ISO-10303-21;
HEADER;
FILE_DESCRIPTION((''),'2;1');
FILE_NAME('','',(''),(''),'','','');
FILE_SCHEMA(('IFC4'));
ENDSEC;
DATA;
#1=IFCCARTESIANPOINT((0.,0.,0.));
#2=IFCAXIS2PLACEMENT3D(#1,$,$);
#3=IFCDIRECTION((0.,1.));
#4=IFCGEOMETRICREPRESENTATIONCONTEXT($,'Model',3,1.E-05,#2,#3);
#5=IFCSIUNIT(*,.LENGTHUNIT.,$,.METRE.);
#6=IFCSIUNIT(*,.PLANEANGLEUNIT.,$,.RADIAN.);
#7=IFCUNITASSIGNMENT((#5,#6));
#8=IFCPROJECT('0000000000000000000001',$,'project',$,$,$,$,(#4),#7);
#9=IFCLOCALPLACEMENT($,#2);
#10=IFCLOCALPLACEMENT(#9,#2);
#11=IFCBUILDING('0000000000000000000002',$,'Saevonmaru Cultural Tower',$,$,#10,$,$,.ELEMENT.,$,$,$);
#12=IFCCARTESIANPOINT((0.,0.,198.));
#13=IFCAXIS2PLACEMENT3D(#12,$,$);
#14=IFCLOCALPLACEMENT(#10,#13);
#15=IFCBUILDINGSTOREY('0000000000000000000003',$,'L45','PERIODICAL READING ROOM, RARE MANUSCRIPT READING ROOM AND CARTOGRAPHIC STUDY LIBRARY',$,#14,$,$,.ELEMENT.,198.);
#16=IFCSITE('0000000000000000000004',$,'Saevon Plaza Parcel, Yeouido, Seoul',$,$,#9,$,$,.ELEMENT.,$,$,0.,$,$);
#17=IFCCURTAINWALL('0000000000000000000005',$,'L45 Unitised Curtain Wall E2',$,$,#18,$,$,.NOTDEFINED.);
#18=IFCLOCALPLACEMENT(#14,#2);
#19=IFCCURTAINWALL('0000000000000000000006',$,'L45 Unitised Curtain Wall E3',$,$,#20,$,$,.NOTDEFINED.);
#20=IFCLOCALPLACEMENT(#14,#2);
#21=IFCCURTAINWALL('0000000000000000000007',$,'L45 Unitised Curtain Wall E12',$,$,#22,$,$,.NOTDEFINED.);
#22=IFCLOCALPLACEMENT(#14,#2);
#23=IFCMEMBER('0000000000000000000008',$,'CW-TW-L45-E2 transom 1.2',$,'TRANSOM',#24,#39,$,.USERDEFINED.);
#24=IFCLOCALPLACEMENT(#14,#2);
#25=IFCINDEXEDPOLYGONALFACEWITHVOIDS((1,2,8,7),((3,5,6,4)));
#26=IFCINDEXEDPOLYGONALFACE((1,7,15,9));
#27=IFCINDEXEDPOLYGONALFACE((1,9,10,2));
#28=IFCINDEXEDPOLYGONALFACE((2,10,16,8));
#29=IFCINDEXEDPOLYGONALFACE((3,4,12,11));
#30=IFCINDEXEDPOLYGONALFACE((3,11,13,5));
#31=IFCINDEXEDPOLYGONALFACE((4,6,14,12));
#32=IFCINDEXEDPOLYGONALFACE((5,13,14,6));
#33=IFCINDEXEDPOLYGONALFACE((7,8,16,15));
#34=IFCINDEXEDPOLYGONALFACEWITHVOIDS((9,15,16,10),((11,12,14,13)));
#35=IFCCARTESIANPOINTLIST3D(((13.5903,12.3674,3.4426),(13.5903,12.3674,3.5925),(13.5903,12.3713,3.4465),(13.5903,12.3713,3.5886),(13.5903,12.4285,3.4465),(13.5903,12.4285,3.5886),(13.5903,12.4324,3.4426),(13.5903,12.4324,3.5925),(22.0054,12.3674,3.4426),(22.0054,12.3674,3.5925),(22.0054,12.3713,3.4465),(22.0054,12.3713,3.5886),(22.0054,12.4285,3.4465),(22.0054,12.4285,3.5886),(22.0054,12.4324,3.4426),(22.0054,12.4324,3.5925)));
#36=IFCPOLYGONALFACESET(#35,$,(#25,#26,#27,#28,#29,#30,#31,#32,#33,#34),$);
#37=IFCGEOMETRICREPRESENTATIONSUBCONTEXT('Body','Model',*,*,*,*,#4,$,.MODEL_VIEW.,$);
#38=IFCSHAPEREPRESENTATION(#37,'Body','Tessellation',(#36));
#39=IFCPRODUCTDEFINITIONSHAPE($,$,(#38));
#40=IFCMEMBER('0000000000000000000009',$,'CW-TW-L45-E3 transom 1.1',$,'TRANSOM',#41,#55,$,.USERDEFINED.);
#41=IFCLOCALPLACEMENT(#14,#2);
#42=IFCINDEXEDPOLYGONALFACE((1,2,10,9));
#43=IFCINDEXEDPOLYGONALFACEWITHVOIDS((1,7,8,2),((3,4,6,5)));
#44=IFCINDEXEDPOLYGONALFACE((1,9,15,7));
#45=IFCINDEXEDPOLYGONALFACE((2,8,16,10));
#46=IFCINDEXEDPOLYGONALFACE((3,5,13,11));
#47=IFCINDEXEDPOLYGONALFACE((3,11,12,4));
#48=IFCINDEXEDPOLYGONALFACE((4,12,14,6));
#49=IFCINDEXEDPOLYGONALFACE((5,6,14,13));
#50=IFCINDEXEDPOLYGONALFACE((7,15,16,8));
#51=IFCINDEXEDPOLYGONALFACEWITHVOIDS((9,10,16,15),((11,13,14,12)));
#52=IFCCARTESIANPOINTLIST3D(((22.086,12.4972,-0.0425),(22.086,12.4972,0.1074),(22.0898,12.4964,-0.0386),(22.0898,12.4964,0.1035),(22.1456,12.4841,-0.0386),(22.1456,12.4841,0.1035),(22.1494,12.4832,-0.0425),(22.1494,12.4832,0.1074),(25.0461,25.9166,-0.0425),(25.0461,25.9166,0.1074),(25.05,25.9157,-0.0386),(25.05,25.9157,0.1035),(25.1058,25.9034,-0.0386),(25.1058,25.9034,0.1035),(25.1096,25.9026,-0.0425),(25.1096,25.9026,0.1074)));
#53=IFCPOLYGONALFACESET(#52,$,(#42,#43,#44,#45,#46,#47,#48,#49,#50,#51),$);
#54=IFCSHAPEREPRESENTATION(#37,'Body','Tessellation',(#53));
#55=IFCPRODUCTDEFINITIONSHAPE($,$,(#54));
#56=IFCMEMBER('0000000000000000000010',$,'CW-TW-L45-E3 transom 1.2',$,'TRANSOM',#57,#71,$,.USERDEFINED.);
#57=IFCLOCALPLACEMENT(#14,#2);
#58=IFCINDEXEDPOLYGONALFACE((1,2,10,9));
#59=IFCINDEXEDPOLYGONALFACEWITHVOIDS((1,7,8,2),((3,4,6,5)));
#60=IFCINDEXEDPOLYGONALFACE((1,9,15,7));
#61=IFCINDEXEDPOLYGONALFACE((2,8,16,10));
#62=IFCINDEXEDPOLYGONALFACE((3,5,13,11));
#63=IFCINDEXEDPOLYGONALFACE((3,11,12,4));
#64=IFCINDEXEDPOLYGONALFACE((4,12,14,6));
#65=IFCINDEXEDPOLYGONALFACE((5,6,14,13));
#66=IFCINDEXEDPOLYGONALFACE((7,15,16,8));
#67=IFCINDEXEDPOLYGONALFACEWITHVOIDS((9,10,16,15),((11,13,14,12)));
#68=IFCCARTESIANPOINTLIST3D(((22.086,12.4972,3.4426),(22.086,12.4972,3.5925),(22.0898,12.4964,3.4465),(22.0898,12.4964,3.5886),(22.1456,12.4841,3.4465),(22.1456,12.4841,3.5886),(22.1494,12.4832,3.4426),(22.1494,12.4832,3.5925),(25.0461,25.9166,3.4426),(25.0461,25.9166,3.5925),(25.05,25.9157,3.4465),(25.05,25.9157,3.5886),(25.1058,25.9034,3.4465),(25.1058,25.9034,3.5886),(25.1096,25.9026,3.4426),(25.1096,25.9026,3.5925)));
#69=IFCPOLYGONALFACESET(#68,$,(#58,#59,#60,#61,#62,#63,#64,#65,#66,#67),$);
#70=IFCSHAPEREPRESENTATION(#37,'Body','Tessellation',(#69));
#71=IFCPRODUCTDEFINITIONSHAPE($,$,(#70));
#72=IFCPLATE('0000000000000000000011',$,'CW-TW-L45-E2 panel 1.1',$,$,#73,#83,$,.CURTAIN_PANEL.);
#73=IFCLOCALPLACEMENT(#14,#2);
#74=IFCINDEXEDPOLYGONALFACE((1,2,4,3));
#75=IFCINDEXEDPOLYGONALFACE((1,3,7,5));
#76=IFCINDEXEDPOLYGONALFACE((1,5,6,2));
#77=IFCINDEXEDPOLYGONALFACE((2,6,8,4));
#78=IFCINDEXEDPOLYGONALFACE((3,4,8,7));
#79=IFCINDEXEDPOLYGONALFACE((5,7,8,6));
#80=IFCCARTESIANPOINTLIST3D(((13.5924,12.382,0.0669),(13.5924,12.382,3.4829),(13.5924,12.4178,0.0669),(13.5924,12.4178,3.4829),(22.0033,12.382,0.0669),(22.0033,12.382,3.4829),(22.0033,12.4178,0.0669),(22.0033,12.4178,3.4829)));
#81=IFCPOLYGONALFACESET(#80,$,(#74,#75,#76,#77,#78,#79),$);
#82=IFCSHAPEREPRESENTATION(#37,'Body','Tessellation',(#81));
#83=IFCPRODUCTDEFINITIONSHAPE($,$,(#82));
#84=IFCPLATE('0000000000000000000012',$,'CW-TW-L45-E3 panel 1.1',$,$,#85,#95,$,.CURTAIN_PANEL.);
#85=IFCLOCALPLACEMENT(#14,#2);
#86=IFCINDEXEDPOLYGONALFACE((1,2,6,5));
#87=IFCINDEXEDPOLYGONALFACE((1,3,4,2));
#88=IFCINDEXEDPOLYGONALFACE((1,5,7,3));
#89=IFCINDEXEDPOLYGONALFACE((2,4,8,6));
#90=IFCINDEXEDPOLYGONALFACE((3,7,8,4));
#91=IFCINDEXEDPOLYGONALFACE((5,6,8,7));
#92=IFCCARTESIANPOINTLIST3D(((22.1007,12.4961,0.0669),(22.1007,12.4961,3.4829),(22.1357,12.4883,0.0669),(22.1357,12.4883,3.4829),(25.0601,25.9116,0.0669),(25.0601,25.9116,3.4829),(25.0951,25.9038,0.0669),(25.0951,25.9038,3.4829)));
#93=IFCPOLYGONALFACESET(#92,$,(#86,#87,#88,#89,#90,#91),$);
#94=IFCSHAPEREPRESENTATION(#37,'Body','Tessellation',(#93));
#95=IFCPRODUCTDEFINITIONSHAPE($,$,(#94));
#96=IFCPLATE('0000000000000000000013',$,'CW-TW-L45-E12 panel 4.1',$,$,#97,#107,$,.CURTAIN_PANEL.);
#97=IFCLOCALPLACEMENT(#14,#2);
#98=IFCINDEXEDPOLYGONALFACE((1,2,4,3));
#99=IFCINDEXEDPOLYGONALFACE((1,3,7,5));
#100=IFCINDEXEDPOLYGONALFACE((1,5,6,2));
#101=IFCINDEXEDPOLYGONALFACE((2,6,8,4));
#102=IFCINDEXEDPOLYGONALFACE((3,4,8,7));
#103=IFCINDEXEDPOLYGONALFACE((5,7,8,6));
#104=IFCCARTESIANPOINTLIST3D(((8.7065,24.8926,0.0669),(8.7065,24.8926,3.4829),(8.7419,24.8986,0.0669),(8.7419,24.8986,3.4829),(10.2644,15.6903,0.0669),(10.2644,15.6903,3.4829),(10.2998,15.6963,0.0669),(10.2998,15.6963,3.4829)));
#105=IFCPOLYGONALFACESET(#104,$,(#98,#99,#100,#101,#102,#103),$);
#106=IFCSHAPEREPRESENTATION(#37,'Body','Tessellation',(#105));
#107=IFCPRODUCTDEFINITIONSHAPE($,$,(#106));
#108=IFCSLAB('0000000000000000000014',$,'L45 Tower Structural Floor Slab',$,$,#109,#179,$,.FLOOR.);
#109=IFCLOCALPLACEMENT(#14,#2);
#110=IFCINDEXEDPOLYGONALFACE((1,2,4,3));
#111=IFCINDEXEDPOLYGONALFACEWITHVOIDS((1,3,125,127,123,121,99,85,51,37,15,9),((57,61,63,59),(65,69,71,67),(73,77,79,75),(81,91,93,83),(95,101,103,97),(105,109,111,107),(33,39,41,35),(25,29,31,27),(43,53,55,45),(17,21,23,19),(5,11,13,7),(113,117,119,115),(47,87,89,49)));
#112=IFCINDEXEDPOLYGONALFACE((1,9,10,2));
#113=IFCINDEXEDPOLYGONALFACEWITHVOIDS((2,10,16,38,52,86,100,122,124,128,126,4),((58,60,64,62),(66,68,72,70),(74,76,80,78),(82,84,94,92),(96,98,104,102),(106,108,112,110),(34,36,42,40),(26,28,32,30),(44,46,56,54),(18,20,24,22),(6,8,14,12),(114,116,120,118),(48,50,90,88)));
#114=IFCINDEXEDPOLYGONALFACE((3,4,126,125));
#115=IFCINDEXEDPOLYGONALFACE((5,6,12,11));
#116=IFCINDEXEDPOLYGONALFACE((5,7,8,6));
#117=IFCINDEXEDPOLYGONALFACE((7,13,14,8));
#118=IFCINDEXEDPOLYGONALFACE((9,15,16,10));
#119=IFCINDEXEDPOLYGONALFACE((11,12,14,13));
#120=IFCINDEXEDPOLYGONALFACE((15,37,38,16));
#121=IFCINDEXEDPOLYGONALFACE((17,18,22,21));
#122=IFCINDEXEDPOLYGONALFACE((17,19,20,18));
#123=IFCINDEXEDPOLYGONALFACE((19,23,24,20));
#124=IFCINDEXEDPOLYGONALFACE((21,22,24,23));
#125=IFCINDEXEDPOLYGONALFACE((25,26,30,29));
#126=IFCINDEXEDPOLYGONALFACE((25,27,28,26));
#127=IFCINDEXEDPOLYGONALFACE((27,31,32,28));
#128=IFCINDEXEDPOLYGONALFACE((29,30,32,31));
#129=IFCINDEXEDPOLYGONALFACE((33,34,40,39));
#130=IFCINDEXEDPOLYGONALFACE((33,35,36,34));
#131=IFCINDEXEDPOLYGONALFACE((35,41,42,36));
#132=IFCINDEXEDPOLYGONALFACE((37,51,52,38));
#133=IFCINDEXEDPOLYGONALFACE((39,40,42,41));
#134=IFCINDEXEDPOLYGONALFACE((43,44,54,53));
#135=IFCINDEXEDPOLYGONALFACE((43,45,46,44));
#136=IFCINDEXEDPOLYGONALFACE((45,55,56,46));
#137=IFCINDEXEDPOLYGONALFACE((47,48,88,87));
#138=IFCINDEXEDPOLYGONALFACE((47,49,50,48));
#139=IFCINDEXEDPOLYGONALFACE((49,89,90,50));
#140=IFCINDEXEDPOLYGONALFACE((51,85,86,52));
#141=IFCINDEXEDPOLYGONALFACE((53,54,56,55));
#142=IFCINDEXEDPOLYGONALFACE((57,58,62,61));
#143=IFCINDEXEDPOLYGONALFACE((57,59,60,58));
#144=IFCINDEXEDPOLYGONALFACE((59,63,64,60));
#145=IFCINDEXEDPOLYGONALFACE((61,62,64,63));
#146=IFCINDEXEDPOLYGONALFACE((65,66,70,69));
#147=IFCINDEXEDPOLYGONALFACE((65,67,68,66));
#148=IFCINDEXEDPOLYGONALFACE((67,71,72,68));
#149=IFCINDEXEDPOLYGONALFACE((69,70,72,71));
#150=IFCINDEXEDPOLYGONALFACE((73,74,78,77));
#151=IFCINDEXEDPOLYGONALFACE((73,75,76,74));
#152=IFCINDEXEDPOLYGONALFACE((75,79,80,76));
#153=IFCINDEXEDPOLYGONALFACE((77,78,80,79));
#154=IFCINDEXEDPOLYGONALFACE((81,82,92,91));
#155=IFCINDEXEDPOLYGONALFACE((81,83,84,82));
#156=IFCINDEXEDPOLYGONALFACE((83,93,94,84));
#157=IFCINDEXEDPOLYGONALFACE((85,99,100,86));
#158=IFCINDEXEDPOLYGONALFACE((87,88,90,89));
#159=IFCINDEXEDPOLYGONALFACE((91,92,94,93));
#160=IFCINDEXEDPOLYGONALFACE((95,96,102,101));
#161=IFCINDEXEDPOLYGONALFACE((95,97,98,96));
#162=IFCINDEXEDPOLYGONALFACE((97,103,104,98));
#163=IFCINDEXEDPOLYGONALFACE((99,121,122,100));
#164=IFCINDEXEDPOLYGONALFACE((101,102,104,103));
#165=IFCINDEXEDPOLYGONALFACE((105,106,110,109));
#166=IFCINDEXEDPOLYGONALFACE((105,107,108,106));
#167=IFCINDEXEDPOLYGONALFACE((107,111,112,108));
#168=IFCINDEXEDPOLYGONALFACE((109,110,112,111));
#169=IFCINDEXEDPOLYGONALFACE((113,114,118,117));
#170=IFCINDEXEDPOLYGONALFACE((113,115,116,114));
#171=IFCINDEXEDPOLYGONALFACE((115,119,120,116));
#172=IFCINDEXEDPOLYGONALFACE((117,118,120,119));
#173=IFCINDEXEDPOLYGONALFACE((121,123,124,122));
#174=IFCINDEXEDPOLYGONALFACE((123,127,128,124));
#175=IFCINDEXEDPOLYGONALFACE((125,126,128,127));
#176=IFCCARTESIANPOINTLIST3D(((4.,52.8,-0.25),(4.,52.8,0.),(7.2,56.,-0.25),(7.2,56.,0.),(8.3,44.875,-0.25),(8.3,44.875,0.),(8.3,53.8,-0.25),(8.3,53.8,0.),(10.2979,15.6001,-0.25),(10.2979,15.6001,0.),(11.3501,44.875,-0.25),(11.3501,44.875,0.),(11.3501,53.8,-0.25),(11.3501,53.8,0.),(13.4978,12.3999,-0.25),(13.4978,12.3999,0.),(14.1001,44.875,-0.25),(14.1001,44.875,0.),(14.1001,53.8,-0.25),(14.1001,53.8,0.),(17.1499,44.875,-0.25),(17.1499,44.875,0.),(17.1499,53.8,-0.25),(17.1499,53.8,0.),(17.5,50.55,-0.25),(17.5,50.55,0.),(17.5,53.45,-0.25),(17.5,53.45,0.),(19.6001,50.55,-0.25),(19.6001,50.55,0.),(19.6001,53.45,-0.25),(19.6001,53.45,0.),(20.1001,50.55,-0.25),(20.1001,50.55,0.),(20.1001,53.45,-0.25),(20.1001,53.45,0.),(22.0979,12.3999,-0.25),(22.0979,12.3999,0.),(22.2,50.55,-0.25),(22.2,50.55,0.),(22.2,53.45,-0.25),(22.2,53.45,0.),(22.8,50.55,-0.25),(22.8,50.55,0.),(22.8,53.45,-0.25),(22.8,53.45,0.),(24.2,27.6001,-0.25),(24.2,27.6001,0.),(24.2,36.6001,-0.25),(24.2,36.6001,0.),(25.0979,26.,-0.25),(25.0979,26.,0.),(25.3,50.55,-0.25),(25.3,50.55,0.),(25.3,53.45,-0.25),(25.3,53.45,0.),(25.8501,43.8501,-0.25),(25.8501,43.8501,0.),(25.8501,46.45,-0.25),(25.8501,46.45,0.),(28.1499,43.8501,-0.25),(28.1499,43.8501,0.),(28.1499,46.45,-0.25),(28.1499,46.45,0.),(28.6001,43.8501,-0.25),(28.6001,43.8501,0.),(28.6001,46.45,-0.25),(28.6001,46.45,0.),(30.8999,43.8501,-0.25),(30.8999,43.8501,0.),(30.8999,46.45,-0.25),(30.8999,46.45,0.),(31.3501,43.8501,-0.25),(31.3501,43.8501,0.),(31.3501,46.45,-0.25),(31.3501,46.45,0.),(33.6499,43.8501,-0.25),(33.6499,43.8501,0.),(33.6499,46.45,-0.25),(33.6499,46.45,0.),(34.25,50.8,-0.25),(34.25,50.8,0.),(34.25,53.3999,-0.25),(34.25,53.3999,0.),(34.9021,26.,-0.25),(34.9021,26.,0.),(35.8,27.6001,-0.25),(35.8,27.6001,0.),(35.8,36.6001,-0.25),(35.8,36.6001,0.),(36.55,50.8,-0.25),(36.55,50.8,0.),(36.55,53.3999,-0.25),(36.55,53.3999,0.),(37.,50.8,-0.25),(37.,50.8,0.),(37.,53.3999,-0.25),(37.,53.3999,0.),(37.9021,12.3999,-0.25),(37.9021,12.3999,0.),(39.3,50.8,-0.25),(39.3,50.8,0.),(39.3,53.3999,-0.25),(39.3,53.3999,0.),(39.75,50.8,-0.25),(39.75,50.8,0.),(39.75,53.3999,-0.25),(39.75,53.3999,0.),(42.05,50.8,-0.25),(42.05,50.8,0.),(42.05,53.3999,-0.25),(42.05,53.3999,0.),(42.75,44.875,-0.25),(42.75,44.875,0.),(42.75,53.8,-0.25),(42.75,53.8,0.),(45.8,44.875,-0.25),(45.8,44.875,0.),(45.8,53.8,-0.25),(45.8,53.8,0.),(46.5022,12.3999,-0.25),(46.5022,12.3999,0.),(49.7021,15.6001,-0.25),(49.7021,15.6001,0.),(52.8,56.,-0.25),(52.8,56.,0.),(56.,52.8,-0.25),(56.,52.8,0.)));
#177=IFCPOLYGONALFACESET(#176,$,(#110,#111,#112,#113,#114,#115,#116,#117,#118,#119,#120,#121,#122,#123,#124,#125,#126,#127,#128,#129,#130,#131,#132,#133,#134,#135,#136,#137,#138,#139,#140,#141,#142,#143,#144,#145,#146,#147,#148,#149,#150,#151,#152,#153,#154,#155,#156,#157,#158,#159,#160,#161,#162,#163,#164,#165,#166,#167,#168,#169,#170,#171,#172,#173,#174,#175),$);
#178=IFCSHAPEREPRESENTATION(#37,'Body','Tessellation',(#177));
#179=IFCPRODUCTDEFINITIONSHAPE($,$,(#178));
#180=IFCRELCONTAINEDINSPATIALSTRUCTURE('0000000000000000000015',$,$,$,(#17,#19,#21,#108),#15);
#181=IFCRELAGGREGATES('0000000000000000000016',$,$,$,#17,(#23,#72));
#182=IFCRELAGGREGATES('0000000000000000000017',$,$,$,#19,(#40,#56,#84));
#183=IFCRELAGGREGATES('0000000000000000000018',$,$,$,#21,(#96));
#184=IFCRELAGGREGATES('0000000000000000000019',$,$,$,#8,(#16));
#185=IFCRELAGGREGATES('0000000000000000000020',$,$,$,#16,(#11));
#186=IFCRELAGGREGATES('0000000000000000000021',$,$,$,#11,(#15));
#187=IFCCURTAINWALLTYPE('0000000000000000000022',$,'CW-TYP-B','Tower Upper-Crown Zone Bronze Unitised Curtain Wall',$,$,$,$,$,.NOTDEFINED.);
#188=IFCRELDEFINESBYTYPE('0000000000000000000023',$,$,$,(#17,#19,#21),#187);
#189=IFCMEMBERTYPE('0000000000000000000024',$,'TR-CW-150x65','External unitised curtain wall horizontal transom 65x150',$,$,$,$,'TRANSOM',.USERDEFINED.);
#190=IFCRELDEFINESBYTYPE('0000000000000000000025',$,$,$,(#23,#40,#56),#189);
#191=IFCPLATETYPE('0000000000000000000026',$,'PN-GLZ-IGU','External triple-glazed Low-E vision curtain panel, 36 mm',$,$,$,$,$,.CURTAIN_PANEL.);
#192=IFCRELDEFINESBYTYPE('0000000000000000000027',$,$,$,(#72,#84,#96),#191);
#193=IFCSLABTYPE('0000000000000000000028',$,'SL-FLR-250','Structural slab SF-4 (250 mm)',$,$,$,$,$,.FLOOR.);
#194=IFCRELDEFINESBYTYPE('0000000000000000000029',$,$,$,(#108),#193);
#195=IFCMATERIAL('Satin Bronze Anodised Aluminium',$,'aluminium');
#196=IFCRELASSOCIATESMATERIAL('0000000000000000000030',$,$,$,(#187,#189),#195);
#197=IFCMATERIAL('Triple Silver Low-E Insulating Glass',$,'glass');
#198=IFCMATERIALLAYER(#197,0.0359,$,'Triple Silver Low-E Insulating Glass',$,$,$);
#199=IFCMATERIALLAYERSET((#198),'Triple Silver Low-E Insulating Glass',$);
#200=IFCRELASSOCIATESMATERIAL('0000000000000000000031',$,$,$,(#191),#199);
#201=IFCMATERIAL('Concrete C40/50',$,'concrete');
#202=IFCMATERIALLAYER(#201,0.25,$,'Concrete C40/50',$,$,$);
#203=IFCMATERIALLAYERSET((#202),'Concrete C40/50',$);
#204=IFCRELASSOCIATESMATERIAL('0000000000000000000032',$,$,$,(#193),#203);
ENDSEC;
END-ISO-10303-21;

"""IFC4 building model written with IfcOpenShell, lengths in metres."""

from ifc_helpers import new_model, si_unit, direction, frame, origin, origin_2d, place, context, subcontext, project, spatial, polyline, rectangle, hollow_rectangle, outline, extrude, material, layer, layer_set, material_profile, profile_set, type_object, element, aggregate, save


model = new_model("IFC4")

# Units and contexts
model_context = context("Model", 3, precision=1e-05, world=origin(), true_north=direction((0.0, 1.0)))
body_context = subcontext(model_context, "Body", "Model", "MODEL_VIEW")
ifc_project = project(units=[si_unit("LENGTHUNIT", "METRE"), si_unit("PLANEANGLEUNIT", "RADIAN")], contexts=[model_context])

# Site, building, storey
site_placement = place(None, origin())
site = spatial("IfcSite", under=ifc_project, at=site_placement, Name="Saevon Plaza Parcel, Yeouido, Seoul", CompositionType="ELEMENT", RefElevation=0.0)
building_placement = place(site_placement, origin())
building = spatial("IfcBuilding", under=site, at=building_placement, Name="Saevonmaru Cultural Tower", CompositionType="ELEMENT")
storey_placement = place(building_placement, frame((0.0, 0.0, 198.0)))
storey = spatial("IfcBuildingStorey", under=building, at=storey_placement, Name="L45", Description="PERIODICAL READING ROOM, RARE MANUSCRIPT READING ROOM AND CARTOGRAPHIC STUDY LIBRARY", CompositionType="ELEMENT", Elevation=198.0)

# Curtain wall
ifc_material_1 = material(Name="Satin Bronze Anodised Aluminium", Category="aluminium")
curtain_wall_type = type_object("IfcCurtainWallType", Name="CW-TYP-B", Description="Tower Upper-Crown Zone Bronze Unitised Curtain Wall", PredefinedType="NOTDEFINED", material=ifc_material_1)
curtain_wall_1_placement = place(storey_placement, origin())
curtain_wall_1 = element("IfcCurtainWall", 1, at=curtain_wall_1_placement, inside=storey, type_object=curtain_wall_type, Name="L45 Unitised Curtain Wall E2", PredefinedType="NOTDEFINED")

# Curtain walls
curtain_wall_2_placement = place(storey_placement, origin())
curtain_wall_2 = element("IfcCurtainWall", 2, at=curtain_wall_2_placement, inside=storey, type_object=curtain_wall_type, Name="L45 Unitised Curtain Wall E3", PredefinedType="NOTDEFINED")
curtain_wall_3_placement = place(storey_placement, origin())
curtain_wall_3 = element("IfcCurtainWall", 3, at=curtain_wall_3_placement, inside=storey, type_object=curtain_wall_type, Name="L45 Unitised Curtain Wall E12", PredefinedType="NOTDEFINED")

# Members
ifc_material_profile_1 = material_profile(ifc_material_1, hollow_rectangle(XDim=0.0649, YDim=0.1499, WallThickness=0.0039, at=origin_2d()), Name="ALU-TRAN-150x65x4")
ifc_profile_set_1 = profile_set([ifc_material_profile_1], Name="Satin Bronze Anodised Aluminium")
member_type_1 = type_object("IfcMemberType", Name="TR-CW-150x65", Description="External unitised curtain wall horizontal transom 65x150", ElementType="TRANSOM", PredefinedType="USERDEFINED", material=ifc_profile_set_1)
member_1_placement = place(storey_placement, frame((13.5903, 12.3999, 3.5176), z_axis=(1.0, 0.0, 0.0), x_axis=(0.0, 1.0, 0.0)))
member_1 = element("IfcMember", 4, at=member_1_placement, type_object=member_type_1, Name="CW-TW-L45-E2 transom 1.2", ObjectType="TRANSOM", PredefinedType="USERDEFINED", context=body_context, shape_type="SweptSolid", body=[
    extrude(hollow_rectangle(XDim=0.0649, YDim=0.1499, WallThickness=0.0039, at=origin_2d()), origin(), (0.0, 0.0, 1.0), 8.415),
])
member_2_placement = place(storey_placement, frame((22.1177, 12.4902, 0.0325), z_axis=(0.215412, 0.976523, 0.0), x_axis=(-0.976523, 0.215412, 0.0)))
member_2 = element("IfcMember", 5, at=member_2_placement, type_object=member_type_1, Name="CW-TW-L45-E3 transom 1.1", ObjectType="TRANSOM", PredefinedType="USERDEFINED", context=body_context, shape_type="SweptSolid", body=[
    extrude(hollow_rectangle(XDim=0.0649, YDim=0.1499, WallThickness=0.0039, at=origin_2d()), origin(), (0.0, 0.0, 1.0), 13.7419),
])
member_3_placement = place(storey_placement, frame((22.1177, 12.4902, 3.5176), z_axis=(0.215412, 0.976523, 0.0), x_axis=(-0.976523, 0.215412, 0.0)))
member_3 = element("IfcMember", 6, at=member_3_placement, type_object=member_type_1, Name="CW-TW-L45-E3 transom 1.2", ObjectType="TRANSOM", PredefinedType="USERDEFINED", context=body_context, shape_type="SweptSolid", body=[
    extrude(hollow_rectangle(XDim=0.0649, YDim=0.1499, WallThickness=0.0039, at=origin_2d()), origin(), (0.0, 0.0, 1.0), 13.7419),
])

# Plates
ifc_material_2 = material(Name="Triple Silver Low-E Insulating Glass", Category="glass")
ifc_layer_1 = layer(ifc_material_2, 0.0359, Name="Triple Silver Low-E Insulating Glass")
ifc_layer_set_1 = layer_set([ifc_layer_1], Name="Triple Silver Low-E Insulating Glass")
plate_type = type_object("IfcPlateType", Name="PN-GLZ-IGU", Description="External triple-glazed Low-E vision curtain panel, 36 mm", PredefinedType="CURTAIN_PANEL", material=ifc_layer_set_1)
plate_1_placement = place(storey_placement, frame((17.7979, 12.3999, 0.0669), z_axis=(0.0, 0.0, 1.0), x_axis=(1.0, 0.0, 0.0)))
plate_1 = element("IfcPlate", 7, at=plate_1_placement, type_object=plate_type, Name="CW-TW-L45-E2 panel 1.1", PredefinedType="CURTAIN_PANEL", context=body_context, shape_type="SweptSolid", body=[
    extrude(rectangle(XDim=8.4109, YDim=0.0359, at=origin_2d()), origin(), (0.0, 0.0, 1.0), 3.416),
])
aggregate(curtain_wall_1, [member_1, plate_1])
plate_2_placement = place(storey_placement, frame((23.5979, 19.2, 0.0669), z_axis=(0.0, 0.0, 1.0), x_axis=(0.215413, 0.976523, 0.0)))
plate_2 = element("IfcPlate", 8, at=plate_2_placement, type_object=plate_type, Name="CW-TW-L45-E3 panel 1.1", PredefinedType="CURTAIN_PANEL", context=body_context, shape_type="SweptSolid", body=[
    extrude(rectangle(XDim=13.738, YDim=0.0359, at=origin_2d()), origin(), (0.0, 0.0, 1.0), 3.416),
])
aggregate(curtain_wall_2, [member_2, member_3, plate_2])
plate_3_placement = place(storey_placement, frame((9.5032, 20.2944, 0.0669), z_axis=(0.0, 0.0, 1.0), x_axis=(0.166922, -0.98597, 0.0)))
plate_3 = element("IfcPlate", 9, at=plate_3_placement, type_object=plate_type, Name="CW-TW-L45-E12 panel 4.1", PredefinedType="CURTAIN_PANEL", context=body_context, shape_type="SweptSolid", body=[
    extrude(rectangle(XDim=9.3333, YDim=0.0359, at=origin_2d()), origin(), (0.0, 0.0, 1.0), 3.416),
])
aggregate(curtain_wall_3, [plate_3])

# Slab
ifc_material_3 = material(Name="Concrete C40/50", Category="concrete")
ifc_layer_2 = layer(ifc_material_3, 0.25, Name="Concrete C40/50")
ifc_layer_set_2 = layer_set([ifc_layer_2], Name="Concrete C40/50")
slab_type_1 = type_object("IfcSlabType", Name="SL-FLR-250", Description="Structural slab SF-4 (250 mm)", PredefinedType="FLOOR", material=ifc_layer_set_2)
slab_1_placement = place(storey_placement, frame((0.0, 0.0, -0.25)))
element("IfcSlab", 10, at=slab_1_placement, inside=storey, type_object=slab_type_1, Name="L45 Tower Structural Floor Slab", PredefinedType="FLOOR", context=body_context, shape_type="SweptSolid", body=[
    extrude(outline(polyline([(10.2979, 15.6001), (13.4978, 12.3999), (22.0979, 12.3999), (25.0979, 26.0), (34.9021, 26.0), (37.9021, 12.3999), (46.5022, 12.3999), (49.7021, 15.6001), (56.0, 52.8), (52.8, 56.0), (7.2, 56.0), (4.0, 52.8), (10.2979, 15.6001)]), holes=[polyline([(45.8, 44.875), (42.75, 44.875), (42.75, 53.8), (45.8, 53.8), (45.8, 44.875)]), polyline([(39.75, 50.8), (39.75, 53.3999), (42.05, 53.3999), (42.05, 50.8), (39.75, 50.8)]), polyline([(37.0, 50.8), (37.0, 53.3999), (39.3, 53.3999), (39.3, 50.8), (37.0, 50.8)]), polyline([(34.25, 50.8), (34.25, 53.3999), (36.55, 53.3999), (36.55, 50.8), (34.25, 50.8)]), polyline([(24.2, 27.6001), (24.2, 36.6001), (35.8, 36.6001), (35.8, 27.6001), (24.2, 27.6001)]), polyline([(31.3501, 43.8501), (31.3501, 46.45), (33.6499, 46.45), (33.6499, 43.8501), (31.3501, 43.8501)]), polyline([(28.6001, 43.8501), (28.6001, 46.45), (30.8999, 46.45), (30.8999, 43.8501), (28.6001, 43.8501)]), polyline([(28.1499, 43.8501), (25.8501, 43.8501), (25.8501, 46.45), (28.1499, 46.45), (28.1499, 43.8501)]), polyline([(25.3, 50.55), (22.8, 50.55), (22.8, 53.45), (25.3, 53.45), (25.3, 50.55)]), polyline([(20.1001, 50.55), (20.1001, 53.45), (22.2, 53.45), (22.2, 50.55), (20.1001, 50.55)]), polyline([(17.5, 50.55), (17.5, 53.45), (19.6001, 53.45), (19.6001, 50.55), (17.5, 50.55)]), polyline([(17.1499, 53.8), (17.1499, 44.875), (14.1001, 44.875), (14.1001, 53.8), (17.1499, 53.8)]), polyline([(11.3501, 44.875), (8.3, 44.875), (8.3, 53.8), (11.3501, 53.8), (11.3501, 44.875)])]), origin(), (0.0, 0.0, 1.0), 0.25),
])

save(model, "model.ifc")
